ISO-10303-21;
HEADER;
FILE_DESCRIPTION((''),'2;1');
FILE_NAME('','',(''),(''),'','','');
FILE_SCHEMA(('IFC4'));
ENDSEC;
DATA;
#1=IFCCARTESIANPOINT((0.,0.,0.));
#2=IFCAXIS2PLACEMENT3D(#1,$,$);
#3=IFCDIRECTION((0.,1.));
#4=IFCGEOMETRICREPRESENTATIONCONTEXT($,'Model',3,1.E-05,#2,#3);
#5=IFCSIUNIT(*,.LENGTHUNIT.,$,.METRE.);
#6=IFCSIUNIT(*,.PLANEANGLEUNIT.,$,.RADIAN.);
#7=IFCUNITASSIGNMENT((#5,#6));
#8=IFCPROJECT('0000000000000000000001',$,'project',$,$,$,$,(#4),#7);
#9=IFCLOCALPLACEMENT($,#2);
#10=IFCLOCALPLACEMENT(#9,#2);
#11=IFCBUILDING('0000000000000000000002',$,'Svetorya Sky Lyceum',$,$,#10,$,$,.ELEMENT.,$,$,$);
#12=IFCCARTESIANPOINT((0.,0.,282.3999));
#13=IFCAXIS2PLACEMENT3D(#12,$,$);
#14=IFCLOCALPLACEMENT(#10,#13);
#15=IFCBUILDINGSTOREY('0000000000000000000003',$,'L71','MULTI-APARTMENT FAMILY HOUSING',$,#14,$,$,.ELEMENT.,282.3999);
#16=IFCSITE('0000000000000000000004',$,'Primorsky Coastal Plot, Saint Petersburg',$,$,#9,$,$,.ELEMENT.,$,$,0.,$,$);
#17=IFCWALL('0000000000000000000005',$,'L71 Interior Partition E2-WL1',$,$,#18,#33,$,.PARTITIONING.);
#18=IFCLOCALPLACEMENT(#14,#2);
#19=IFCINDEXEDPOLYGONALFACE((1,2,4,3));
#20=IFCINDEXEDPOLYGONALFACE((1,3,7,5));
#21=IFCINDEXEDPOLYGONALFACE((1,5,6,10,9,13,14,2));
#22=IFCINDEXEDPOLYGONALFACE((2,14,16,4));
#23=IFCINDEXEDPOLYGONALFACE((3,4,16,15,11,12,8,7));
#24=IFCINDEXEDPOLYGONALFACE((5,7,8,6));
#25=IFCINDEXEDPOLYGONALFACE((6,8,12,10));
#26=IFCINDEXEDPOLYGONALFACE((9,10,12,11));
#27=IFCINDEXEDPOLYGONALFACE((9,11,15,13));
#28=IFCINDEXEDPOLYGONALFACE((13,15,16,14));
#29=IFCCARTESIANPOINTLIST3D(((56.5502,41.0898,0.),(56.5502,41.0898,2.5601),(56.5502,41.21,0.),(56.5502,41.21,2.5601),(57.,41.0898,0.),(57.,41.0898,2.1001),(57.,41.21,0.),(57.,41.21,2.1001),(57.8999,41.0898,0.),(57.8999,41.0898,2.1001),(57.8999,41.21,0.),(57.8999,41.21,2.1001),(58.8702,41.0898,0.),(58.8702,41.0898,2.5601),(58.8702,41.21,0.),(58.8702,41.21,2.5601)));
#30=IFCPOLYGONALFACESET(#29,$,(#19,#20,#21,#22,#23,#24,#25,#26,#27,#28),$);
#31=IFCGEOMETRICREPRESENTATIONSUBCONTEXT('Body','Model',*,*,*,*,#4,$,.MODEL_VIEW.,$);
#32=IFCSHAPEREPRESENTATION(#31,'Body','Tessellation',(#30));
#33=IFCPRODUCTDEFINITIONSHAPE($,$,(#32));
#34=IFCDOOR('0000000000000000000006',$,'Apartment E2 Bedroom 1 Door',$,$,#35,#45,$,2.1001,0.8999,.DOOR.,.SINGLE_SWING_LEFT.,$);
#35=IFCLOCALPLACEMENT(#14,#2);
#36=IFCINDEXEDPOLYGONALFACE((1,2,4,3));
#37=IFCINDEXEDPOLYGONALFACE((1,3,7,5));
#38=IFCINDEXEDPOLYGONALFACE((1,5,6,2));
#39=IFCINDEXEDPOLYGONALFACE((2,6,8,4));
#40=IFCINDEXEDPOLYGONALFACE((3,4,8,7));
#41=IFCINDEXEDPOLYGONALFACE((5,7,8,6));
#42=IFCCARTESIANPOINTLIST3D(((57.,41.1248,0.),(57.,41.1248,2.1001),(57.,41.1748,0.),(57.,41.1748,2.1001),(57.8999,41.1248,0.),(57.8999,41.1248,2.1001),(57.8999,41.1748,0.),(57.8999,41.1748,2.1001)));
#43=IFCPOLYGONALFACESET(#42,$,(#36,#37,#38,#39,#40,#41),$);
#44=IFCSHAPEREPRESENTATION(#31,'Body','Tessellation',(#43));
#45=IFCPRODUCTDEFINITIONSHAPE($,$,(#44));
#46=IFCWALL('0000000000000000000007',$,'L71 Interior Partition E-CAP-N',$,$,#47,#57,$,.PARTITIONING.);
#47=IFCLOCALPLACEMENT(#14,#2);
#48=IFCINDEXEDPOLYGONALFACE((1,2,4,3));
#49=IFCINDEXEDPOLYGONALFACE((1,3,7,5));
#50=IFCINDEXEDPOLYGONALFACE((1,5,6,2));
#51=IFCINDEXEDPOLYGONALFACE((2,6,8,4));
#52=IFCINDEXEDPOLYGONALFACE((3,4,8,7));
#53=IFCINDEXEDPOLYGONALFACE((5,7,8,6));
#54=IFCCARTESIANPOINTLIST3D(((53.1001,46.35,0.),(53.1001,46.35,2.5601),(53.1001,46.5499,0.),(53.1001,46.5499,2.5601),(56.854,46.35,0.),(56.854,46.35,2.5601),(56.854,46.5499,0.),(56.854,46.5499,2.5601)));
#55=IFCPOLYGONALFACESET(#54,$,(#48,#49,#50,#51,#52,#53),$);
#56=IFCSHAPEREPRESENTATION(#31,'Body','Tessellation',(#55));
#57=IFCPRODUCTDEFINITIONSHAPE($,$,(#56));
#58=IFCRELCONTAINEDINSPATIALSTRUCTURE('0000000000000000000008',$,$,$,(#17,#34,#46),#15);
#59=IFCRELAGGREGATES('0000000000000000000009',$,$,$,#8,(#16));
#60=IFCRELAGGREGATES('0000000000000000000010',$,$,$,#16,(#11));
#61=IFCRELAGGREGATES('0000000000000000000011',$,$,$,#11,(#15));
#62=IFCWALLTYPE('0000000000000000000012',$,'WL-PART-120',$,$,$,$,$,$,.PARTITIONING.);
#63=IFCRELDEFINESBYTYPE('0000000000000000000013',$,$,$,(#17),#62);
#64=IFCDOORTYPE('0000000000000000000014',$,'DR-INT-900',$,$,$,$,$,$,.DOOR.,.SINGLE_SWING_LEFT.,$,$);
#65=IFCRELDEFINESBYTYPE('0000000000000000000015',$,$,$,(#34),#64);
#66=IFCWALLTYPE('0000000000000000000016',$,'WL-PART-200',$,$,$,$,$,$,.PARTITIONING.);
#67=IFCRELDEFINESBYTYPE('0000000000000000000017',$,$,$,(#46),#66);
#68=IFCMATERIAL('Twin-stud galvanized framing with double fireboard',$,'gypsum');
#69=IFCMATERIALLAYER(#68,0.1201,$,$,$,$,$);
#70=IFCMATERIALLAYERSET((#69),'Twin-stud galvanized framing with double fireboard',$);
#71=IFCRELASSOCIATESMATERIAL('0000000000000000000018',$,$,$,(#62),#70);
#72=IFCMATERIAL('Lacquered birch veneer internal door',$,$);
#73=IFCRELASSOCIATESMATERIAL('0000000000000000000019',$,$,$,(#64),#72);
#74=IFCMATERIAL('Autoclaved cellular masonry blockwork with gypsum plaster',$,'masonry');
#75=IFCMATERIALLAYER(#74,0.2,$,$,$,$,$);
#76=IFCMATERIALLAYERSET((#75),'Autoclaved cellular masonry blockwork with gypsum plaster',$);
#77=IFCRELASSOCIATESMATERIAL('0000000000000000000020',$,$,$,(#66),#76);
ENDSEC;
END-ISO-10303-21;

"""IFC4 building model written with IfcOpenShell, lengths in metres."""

from ifc_helpers import new_model, si_unit, direction, frame, frame_2d, origin, place, context, subcontext, project, spatial, rectangle, extrude, material, layer, layer_set, type_object, element, fill, save


model = new_model("IFC4")

# Units and contexts
model_context = context("Model", 3, precision=1e-05, world=origin(), true_north=direction((0.0, 1.0)))
body_context = subcontext(model_context, "Body", "Model", "MODEL_VIEW")
ifc_project = project(units=[si_unit("LENGTHUNIT", "METRE"), si_unit("PLANEANGLEUNIT", "RADIAN")], contexts=[model_context])

# Site, building, storey
site_placement = place(None, origin())
site = spatial("IfcSite", under=ifc_project, at=site_placement, Name="Primorsky Coastal Plot, Saint Petersburg", CompositionType="ELEMENT", RefElevation=0.0)
building_placement = place(site_placement, origin())
building = spatial("IfcBuilding", under=site, at=building_placement, Name="Svetorya Sky Lyceum", CompositionType="ELEMENT")
storey_placement = place(building_placement, frame((0.0, 0.0, 282.3999)))
storey = spatial("IfcBuildingStorey", under=building, at=storey_placement, Name="L71", Description="MULTI-APARTMENT FAMILY HOUSING", CompositionType="ELEMENT", Elevation=282.3999)

# Wall, opening, door
ifc_material_1 = material(Name="Twin-stud galvanized framing with double fireboard", Category="gypsum")
ifc_layer_1 = layer(ifc_material_1, 0.1201)
ifc_layer_set_1 = layer_set([ifc_layer_1], Name="Twin-stud galvanized framing with double fireboard")
wall_type_1 = type_object("IfcWallType", Name="WL-PART-120", PredefinedType="PARTITIONING", material=ifc_layer_set_1)
wall_1_placement = place(storey_placement, frame((56.55, 41.1499, 0.0), z_axis=(0.0, 0.0, 1.0), x_axis=(1.0, 0.0, 0.0)))
wall_1 = element("IfcWall", 1, at=wall_1_placement, inside=storey, type_object=wall_type_1, Name="L71 Interior Partition E2-WL1", PredefinedType="PARTITIONING", context=body_context, shape_type="SweptSolid", body=[
    extrude(rectangle(XDim=2.3201, YDim=0.1201, at=frame_2d((1.1602, 0.0))), origin(), (0.0, 0.0, 1.0), 2.5601),
])
opening_1_placement = place(wall_1_placement, frame((0.45, 0.0, 0.0)))
opening_1 = element("IfcOpeningElement", 2, at=opening_1_placement, cuts=wall_1, PredefinedType="OPENING", context=body_context, shape_type="SweptSolid", body=[
    extrude(rectangle(XDim=0.8999, YDim=2.1001, at=frame_2d((0.45, 1.05))), frame((0.0, 0.0701, 0.0), z_axis=(0.0, -1.0, 0.0), x_axis=(1.0, 0.0, 0.0)), (0.0, 0.0, 1.0), 0.1401),
])
ifc_material_2 = material(Name="Lacquered birch veneer internal door")
door_type = type_object("IfcDoorType", Name="DR-INT-900", OperationType="SINGLE_SWING_LEFT", PredefinedType="DOOR", material=ifc_material_2)
door_placement = place(opening_1_placement, origin())
door = element("IfcDoor", 3, at=door_placement, inside=storey, type_object=door_type, Name="Apartment E2 Bedroom 1 Door", OperationType="SINGLE_SWING_LEFT", OverallHeight=2.1001, OverallWidth=0.8999, PredefinedType="DOOR", context=body_context, shape_type="SweptSolid", body=[
    extrude(rectangle(XDim=0.8999, YDim=2.1001, at=frame_2d((0.45, 1.05))), frame((0.0, 0.0249, 0.0), z_axis=(0.0, -1.0, 0.0), x_axis=(1.0, 0.0, 0.0)), (0.0, 0.0, 1.0), 0.05),
])
fill(opening_1, door)

# Wall
ifc_material_3 = material(Name="Autoclaved cellular masonry blockwork with gypsum plaster", Category="masonry")
ifc_layer_2 = layer(ifc_material_3, 0.2)
ifc_layer_set_2 = layer_set([ifc_layer_2], Name="Autoclaved cellular masonry blockwork with gypsum plaster")
wall_type_2 = type_object("IfcWallType", Name="WL-PART-200", PredefinedType="PARTITIONING", material=ifc_layer_set_2)
wall_2_placement = place(storey_placement, frame((53.1001, 46.45, 0.0), z_axis=(0.0, 0.0, 1.0), x_axis=(1.0, 0.0, 0.0)))
element("IfcWall", 4, at=wall_2_placement, inside=storey, type_object=wall_type_2, Name="L71 Interior Partition E-CAP-N", PredefinedType="PARTITIONING", context=body_context, shape_type="SweptSolid", body=[
    extrude(rectangle(XDim=3.7539, YDim=0.2, at=frame_2d((1.877, 0.0))), origin(), (0.0, 0.0, 1.0), 2.5601),
])

save(model, "model.ifc")
